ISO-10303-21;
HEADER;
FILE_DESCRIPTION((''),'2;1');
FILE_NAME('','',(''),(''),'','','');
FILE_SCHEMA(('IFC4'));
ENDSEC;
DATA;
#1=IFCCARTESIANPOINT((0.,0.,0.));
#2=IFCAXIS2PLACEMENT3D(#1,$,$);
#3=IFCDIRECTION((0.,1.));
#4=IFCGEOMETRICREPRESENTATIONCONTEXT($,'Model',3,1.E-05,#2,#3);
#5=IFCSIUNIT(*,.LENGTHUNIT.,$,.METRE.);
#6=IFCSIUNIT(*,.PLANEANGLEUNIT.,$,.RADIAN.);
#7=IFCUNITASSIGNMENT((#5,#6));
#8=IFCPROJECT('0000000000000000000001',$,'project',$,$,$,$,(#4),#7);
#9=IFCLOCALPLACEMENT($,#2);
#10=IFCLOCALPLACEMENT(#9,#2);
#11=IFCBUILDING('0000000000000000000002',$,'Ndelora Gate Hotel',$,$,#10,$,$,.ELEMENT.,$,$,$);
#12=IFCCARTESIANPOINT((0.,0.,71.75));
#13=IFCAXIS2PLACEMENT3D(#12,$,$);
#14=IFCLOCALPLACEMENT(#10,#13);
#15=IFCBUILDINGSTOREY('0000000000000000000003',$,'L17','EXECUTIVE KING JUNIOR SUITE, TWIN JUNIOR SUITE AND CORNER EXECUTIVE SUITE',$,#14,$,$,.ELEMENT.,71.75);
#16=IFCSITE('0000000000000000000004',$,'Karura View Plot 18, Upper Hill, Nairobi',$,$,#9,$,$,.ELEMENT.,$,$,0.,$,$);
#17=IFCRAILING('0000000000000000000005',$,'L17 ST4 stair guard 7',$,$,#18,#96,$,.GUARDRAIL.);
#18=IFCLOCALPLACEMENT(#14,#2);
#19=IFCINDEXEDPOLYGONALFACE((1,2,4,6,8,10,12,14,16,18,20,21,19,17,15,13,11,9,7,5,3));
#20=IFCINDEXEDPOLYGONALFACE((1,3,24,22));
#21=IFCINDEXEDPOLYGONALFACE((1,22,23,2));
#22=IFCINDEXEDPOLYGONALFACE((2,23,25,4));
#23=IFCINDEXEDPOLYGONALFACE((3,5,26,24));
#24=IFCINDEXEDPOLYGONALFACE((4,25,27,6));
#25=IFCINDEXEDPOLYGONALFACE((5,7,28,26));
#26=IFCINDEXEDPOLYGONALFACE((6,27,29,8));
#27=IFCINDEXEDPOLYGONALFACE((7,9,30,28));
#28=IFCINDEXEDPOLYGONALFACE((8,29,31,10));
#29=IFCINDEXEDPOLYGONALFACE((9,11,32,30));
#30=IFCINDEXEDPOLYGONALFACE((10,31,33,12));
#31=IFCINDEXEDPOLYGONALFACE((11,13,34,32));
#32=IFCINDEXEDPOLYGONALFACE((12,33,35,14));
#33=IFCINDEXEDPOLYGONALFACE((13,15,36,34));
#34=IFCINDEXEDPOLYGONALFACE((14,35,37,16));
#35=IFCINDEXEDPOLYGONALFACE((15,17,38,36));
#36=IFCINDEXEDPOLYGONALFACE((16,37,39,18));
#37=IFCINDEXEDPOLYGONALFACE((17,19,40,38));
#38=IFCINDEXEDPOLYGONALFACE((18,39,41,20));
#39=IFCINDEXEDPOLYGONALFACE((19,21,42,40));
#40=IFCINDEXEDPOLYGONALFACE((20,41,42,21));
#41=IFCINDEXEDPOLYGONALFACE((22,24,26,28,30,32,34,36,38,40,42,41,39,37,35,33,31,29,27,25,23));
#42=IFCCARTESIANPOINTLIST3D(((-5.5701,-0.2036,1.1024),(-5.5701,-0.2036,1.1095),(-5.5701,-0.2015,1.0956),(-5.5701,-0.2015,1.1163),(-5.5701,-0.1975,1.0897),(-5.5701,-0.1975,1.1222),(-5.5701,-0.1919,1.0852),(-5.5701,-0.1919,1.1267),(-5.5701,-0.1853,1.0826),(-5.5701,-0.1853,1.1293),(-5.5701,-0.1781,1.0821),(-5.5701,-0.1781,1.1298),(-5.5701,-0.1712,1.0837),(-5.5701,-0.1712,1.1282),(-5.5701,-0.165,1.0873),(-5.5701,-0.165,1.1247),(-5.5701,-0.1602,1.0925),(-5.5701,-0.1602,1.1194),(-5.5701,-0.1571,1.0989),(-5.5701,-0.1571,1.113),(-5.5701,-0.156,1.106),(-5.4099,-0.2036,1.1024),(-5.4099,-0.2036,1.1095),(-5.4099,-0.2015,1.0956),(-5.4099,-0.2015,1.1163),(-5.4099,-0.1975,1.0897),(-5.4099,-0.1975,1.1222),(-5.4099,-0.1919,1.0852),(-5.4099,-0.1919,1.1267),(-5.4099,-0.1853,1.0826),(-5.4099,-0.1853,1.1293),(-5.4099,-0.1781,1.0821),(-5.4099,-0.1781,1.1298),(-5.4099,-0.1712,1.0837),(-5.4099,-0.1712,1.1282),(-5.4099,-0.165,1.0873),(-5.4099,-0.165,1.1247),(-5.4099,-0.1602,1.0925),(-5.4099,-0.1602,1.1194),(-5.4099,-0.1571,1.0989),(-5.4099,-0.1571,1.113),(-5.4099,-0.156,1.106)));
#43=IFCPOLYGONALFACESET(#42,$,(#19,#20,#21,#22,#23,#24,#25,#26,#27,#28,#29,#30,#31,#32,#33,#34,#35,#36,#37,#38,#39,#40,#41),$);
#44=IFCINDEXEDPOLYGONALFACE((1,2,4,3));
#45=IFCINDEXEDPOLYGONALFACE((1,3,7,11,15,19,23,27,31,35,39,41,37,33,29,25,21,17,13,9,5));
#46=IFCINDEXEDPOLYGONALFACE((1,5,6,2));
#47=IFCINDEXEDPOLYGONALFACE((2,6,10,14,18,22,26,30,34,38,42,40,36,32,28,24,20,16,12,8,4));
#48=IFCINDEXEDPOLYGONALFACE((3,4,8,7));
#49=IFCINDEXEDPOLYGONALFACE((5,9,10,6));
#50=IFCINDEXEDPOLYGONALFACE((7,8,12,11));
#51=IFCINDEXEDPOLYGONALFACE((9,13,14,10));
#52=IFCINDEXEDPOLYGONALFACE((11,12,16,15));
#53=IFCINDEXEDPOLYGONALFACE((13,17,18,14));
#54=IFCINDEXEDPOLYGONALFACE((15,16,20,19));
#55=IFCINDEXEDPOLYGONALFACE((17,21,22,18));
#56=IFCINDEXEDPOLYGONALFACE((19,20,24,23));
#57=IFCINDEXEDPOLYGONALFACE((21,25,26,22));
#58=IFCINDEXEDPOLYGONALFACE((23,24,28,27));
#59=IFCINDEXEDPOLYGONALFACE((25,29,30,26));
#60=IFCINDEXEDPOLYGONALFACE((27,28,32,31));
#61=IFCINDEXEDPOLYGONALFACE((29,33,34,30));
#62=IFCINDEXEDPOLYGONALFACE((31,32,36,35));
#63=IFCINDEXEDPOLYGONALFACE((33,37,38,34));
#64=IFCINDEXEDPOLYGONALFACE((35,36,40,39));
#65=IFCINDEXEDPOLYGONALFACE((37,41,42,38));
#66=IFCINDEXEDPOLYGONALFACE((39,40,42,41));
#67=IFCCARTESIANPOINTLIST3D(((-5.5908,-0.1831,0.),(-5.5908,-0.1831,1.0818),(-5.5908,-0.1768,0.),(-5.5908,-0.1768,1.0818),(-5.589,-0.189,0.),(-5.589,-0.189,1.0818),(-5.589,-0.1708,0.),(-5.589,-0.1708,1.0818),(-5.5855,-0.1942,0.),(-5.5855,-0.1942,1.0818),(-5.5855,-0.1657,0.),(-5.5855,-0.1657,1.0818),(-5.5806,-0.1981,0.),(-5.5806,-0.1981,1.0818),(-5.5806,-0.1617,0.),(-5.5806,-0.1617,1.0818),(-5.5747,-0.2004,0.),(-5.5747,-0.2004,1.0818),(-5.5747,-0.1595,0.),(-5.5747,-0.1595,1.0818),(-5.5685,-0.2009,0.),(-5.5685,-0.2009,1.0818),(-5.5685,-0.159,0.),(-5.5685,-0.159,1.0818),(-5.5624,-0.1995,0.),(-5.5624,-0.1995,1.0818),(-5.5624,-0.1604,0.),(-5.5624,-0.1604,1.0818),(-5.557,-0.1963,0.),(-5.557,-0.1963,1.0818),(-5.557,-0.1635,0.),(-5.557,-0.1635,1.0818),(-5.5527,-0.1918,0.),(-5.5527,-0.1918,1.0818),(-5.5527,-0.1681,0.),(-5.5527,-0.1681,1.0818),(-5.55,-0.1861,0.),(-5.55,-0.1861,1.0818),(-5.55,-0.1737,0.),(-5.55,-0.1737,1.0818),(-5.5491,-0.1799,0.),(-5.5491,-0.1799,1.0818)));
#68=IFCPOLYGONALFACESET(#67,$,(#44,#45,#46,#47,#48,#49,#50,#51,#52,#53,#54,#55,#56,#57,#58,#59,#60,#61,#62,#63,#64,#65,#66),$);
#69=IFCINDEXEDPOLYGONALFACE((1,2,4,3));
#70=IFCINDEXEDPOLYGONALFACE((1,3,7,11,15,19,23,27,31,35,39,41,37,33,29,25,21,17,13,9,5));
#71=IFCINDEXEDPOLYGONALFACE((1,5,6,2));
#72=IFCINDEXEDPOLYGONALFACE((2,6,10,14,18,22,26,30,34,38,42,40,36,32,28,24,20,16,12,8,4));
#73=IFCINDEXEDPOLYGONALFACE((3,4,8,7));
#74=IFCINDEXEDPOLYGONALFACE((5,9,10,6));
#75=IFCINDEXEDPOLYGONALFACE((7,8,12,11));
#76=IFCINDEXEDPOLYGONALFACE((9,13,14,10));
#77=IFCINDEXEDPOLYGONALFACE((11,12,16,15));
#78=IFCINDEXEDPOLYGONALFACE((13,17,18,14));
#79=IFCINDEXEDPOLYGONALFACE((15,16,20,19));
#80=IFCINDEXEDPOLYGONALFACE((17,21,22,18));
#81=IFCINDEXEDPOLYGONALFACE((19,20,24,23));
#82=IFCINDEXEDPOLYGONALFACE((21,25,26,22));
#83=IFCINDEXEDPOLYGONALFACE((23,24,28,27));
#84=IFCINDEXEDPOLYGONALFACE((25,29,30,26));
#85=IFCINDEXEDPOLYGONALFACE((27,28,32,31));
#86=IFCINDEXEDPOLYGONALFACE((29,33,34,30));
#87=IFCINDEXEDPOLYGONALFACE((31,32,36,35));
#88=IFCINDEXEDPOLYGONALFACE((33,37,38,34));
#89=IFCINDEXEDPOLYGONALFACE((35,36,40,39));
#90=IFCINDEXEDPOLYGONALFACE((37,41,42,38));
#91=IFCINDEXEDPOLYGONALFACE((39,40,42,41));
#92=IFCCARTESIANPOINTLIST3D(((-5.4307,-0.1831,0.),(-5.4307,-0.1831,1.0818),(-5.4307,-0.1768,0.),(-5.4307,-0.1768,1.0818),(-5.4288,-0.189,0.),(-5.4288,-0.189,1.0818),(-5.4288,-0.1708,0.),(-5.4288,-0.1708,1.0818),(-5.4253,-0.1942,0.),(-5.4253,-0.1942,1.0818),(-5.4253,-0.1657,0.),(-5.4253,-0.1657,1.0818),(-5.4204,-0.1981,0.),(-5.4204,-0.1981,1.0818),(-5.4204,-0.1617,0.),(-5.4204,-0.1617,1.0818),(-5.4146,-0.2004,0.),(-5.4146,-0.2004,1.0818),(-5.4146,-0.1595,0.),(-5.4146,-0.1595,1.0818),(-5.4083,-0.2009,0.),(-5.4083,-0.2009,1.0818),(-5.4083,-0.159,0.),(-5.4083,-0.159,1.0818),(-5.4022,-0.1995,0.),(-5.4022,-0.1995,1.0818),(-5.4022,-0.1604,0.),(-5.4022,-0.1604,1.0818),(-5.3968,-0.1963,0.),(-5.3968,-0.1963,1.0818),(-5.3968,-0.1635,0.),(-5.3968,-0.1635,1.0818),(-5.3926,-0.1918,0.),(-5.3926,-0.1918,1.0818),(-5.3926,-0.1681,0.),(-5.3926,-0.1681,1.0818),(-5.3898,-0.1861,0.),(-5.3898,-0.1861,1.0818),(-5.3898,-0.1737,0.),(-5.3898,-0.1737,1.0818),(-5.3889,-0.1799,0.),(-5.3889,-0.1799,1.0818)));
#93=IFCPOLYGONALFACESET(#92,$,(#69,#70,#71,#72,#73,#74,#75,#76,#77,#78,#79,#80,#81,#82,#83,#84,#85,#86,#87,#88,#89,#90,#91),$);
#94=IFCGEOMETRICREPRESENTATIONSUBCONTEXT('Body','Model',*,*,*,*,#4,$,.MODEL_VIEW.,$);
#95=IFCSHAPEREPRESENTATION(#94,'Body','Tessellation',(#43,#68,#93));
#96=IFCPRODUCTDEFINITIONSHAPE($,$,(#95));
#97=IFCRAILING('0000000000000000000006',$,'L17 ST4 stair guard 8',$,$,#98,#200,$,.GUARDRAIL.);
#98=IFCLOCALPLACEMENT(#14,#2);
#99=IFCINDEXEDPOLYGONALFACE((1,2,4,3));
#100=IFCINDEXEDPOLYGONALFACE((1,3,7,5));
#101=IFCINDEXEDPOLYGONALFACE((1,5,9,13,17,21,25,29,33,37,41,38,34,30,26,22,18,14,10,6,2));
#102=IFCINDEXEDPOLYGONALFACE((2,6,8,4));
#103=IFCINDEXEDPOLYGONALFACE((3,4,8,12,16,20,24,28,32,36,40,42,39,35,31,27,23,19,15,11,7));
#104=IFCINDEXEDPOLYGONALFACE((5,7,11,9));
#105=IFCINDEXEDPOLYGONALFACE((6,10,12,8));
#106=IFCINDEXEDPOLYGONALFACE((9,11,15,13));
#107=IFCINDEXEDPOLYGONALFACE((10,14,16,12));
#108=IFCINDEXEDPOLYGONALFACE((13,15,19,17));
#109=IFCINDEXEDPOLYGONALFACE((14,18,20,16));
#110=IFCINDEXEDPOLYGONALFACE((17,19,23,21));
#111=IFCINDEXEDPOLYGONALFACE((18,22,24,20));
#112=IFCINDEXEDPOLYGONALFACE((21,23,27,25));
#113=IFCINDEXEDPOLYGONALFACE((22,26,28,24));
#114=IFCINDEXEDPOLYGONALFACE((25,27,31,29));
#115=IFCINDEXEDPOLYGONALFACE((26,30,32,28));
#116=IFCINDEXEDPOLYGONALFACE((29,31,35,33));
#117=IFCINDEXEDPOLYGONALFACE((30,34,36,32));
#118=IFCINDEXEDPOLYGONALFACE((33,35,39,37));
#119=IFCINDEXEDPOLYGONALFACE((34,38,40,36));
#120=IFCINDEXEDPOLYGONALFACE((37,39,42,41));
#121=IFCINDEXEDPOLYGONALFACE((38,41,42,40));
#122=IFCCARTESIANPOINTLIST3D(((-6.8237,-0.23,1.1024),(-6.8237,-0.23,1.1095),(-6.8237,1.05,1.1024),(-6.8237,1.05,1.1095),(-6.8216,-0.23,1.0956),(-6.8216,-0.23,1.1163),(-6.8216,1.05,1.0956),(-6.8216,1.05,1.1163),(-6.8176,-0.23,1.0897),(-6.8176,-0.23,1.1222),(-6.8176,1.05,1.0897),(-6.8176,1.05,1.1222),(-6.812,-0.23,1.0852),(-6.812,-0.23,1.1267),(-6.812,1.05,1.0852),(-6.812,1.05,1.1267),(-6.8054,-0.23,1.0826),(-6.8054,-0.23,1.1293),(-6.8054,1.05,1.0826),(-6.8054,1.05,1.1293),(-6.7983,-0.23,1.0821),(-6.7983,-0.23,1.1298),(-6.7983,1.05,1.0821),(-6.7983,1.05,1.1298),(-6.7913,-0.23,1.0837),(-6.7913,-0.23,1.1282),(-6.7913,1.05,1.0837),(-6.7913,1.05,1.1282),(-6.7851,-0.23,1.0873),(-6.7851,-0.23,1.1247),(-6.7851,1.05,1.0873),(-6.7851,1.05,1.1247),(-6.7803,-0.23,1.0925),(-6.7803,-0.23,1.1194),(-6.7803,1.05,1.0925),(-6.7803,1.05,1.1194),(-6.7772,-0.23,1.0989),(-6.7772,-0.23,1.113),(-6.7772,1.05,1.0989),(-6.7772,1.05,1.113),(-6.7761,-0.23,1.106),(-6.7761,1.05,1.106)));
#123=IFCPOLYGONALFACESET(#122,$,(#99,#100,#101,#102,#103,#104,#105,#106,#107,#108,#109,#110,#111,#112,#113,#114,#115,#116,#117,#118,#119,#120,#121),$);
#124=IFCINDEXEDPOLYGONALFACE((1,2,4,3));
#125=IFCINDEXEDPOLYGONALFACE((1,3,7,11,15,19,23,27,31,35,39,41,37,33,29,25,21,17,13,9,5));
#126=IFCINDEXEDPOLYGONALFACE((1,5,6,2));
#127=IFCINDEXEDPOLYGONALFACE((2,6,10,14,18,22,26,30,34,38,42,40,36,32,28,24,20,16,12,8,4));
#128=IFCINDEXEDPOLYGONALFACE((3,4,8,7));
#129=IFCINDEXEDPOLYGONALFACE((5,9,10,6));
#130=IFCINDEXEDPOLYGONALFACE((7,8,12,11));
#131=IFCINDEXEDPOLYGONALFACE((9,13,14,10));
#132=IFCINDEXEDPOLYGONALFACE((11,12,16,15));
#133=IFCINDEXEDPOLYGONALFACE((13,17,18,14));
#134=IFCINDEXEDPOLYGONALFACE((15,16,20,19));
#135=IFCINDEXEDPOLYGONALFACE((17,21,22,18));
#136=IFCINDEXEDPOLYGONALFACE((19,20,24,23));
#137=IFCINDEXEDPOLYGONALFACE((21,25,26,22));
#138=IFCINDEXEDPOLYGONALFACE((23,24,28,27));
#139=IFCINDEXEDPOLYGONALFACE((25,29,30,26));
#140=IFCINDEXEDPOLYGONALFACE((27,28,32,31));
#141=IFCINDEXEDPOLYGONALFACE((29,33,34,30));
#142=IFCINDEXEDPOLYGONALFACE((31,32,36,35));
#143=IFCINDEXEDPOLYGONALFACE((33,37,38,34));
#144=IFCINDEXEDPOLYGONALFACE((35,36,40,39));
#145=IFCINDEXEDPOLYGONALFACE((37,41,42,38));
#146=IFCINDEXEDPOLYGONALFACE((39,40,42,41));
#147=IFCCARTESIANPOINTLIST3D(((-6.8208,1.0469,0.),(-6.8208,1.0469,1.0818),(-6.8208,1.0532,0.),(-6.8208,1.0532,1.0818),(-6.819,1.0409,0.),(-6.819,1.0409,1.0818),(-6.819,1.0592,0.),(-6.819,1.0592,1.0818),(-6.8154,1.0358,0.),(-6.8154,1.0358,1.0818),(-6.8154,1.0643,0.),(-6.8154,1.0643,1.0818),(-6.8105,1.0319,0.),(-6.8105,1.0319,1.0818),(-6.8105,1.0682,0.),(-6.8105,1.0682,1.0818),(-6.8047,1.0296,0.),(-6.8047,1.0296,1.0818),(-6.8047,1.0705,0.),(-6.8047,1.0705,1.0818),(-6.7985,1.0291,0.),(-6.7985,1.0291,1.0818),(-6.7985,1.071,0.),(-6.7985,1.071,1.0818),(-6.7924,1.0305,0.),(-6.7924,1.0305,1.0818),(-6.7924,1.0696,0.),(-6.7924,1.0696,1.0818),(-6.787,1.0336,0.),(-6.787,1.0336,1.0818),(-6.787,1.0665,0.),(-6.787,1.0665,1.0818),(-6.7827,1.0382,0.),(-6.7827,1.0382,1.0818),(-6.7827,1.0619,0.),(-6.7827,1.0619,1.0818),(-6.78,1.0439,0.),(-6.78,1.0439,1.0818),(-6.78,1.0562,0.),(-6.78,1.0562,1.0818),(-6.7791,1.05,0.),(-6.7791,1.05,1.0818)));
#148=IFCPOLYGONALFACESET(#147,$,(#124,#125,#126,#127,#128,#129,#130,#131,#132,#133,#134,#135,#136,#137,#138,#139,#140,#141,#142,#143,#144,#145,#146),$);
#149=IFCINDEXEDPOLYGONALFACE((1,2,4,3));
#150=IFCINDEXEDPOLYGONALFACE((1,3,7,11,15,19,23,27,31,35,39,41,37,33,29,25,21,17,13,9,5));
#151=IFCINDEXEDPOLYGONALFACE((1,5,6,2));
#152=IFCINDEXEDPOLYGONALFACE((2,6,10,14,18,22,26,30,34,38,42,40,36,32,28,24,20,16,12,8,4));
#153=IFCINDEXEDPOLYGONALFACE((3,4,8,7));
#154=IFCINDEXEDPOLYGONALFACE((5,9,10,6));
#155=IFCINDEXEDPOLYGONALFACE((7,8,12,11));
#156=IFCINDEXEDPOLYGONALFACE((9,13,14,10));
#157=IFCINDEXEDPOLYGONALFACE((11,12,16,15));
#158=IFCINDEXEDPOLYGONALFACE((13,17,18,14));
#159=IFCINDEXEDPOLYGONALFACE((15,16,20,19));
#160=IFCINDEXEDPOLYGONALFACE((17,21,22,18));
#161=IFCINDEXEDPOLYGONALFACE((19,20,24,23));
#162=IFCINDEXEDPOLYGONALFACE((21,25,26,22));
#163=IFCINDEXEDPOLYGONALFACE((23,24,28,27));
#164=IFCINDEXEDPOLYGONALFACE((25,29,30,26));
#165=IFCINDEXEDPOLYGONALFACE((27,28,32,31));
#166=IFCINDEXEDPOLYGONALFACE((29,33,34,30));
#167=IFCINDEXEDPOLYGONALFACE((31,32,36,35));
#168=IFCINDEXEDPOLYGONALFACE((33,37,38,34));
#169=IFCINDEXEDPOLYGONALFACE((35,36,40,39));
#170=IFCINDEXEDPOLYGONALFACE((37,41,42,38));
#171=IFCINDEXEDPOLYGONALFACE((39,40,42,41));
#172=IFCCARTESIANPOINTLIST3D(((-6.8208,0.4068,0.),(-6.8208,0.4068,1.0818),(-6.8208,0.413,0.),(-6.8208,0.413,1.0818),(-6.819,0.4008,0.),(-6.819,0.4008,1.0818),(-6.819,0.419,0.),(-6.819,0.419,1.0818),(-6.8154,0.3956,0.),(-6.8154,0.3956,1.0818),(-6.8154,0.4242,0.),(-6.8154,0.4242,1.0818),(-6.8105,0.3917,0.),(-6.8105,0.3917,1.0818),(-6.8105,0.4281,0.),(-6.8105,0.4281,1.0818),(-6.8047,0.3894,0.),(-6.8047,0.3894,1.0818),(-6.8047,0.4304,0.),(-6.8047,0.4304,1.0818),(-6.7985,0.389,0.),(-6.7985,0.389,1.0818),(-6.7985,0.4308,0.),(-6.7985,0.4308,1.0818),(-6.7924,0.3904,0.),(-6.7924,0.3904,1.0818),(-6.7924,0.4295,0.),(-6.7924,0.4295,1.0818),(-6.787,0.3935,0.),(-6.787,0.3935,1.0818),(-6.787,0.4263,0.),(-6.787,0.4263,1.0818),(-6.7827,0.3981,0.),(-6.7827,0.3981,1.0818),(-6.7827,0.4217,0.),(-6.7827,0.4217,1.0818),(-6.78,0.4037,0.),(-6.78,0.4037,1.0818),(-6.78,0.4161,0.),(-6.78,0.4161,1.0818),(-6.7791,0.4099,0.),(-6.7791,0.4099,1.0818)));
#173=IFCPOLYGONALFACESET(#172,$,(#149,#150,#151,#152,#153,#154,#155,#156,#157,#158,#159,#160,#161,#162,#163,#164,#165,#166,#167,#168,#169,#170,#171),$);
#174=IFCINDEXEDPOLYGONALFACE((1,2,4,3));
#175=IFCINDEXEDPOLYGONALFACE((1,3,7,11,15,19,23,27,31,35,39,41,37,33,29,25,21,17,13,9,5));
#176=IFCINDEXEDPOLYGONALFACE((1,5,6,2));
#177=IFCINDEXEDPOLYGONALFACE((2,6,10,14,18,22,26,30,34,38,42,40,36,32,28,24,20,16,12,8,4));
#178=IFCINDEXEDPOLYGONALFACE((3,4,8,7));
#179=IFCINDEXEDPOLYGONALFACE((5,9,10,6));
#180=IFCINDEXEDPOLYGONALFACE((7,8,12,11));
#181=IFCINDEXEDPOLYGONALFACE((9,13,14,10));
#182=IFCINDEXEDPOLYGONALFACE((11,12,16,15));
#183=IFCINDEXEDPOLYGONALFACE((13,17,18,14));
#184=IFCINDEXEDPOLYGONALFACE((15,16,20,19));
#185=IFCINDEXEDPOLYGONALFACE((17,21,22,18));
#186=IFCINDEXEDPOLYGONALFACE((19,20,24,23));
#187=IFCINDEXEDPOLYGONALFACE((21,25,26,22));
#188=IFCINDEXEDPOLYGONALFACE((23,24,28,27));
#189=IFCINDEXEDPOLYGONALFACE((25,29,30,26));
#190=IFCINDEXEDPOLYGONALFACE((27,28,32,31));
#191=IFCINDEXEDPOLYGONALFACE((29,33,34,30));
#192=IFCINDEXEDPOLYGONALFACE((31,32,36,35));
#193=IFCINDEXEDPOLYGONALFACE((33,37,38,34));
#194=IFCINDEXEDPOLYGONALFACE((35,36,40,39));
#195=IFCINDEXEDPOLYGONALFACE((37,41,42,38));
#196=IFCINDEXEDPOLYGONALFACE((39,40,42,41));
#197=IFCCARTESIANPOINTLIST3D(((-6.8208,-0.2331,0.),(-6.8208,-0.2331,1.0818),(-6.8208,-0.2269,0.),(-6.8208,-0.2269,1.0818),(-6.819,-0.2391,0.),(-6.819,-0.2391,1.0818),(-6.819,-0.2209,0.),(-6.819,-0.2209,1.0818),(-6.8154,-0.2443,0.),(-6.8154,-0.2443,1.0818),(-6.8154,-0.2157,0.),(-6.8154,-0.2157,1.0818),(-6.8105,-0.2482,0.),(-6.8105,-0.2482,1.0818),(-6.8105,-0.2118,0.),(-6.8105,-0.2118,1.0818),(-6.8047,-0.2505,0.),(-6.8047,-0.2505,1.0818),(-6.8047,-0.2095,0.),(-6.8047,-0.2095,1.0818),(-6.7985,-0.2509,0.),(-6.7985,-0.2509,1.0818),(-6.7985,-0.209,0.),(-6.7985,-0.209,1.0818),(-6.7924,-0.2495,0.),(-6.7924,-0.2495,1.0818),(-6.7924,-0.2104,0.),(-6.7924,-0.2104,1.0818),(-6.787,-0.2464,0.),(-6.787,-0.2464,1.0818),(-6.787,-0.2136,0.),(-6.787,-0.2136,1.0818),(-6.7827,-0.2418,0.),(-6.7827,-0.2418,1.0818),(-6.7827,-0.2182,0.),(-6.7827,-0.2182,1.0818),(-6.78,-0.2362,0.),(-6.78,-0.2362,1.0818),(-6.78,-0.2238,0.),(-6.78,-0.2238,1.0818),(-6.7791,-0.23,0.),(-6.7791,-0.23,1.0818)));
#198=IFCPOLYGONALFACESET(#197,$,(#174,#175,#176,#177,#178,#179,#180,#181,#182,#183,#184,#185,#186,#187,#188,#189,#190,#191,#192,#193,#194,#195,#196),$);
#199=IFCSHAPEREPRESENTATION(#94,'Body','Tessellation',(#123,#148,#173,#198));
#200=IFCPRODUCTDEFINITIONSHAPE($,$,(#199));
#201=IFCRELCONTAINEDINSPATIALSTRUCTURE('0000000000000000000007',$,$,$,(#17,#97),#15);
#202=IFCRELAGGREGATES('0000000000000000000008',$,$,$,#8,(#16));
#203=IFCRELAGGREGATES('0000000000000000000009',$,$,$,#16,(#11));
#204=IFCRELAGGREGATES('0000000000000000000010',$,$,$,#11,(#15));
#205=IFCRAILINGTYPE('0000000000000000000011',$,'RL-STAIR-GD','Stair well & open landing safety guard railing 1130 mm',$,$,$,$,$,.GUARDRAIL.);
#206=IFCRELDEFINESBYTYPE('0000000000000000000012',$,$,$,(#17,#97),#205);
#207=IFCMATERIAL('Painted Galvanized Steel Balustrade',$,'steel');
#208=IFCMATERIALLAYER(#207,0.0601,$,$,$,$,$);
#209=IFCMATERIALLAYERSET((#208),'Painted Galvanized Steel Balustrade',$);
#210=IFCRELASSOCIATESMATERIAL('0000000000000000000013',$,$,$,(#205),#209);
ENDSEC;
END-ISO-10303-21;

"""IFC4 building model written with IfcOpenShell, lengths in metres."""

from ifc_helpers import new_model, si_unit, direction, frame, origin, origin_2d, place, context, subcontext, project, spatial, circle, extrude, material, layer, layer_set, type_object, element, save


model = new_model("IFC4")

# Units and contexts
model_context = context("Model", 3, precision=1e-05, world=origin(), true_north=direction((0.0, 1.0)))
body_context = subcontext(model_context, "Body", "Model", "MODEL_VIEW")
ifc_project = project(units=[si_unit("LENGTHUNIT", "METRE"), si_unit("PLANEANGLEUNIT", "RADIAN")], contexts=[model_context])

# Site, building, storey
site_placement = place(None, origin())
site = spatial("IfcSite", under=ifc_project, at=site_placement, Name="Karura View Plot 18, Upper Hill, Nairobi", CompositionType="ELEMENT", RefElevation=0.0)
building_placement = place(site_placement, origin())
building = spatial("IfcBuilding", under=site, at=building_placement, Name="Ndelora Gate Hotel", CompositionType="ELEMENT")
storey_placement = place(building_placement, frame((0.0, 0.0, 71.75)))
storey = spatial("IfcBuildingStorey", under=building, at=storey_placement, Name="L17", Description="EXECUTIVE KING JUNIOR SUITE, TWIN JUNIOR SUITE AND CORNER EXECUTIVE SUITE", CompositionType="ELEMENT", Elevation=71.75)

# Railings
ifc_material_1 = material(Name="Painted Galvanized Steel Balustrade", Category="steel")
ifc_layer_1 = layer(ifc_material_1, 0.0601)
ifc_layer_set_1 = layer_set([ifc_layer_1], Name="Painted Galvanized Steel Balustrade")
railing_type_1 = type_object("IfcRailingType", Name="RL-STAIR-GD", Description="Stair well & open landing safety guard railing 1130 mm", PredefinedType="GUARDRAIL", material=ifc_layer_set_1)
railing_1_placement = place(storey_placement, frame((-5.5701, -0.1799, 0.0)))
element("IfcRailing", 1, at=railing_1_placement, inside=storey, type_object=railing_type_1, Name="L17 ST4 stair guard 7", PredefinedType="GUARDRAIL", context=body_context, shape_type="SweptSolid", body=[
    extrude(circle(Radius=0.0239, at=origin_2d()), frame((0.0, 0.0, 1.106), z_axis=(1.0, 0.0, 0.0), x_axis=(0.0, 1.0, 0.0)), (0.0, 0.0, 1.0), 0.1602),
    extrude(circle(Radius=0.021, at=origin_2d()), origin(), (0.0, 0.0, 1.0), 1.0818),
    extrude(circle(Radius=0.021, at=origin_2d()), frame((0.1602, 0.0, 0.0)), (0.0, 0.0, 1.0), 1.0818),
])
for number, where, name in (
    (2, (-6.8, 1.05, 0.0), "L17 ST4 stair guard 8"),
):
    element("IfcRailing", number, at=place(storey_placement, frame(where)), inside=storey, type_object=railing_type_1, Name=name, PredefinedType="GUARDRAIL", context=body_context, shape_type="SweptSolid", body=[
        extrude(circle(Radius=0.0239, at=origin_2d()), frame((0.0, 0.0, 1.106), z_axis=(0.0, -1.0, 0.0), x_axis=(1.0, 0.0, 0.0)), (0.0, 0.0, 1.0), 1.28),
        extrude(circle(Radius=0.021, at=origin_2d()), origin(), (0.0, 0.0, 1.0), 1.0818),
        extrude(circle(Radius=0.021, at=origin_2d()), frame((0.0, -0.6401, 0.0)), (0.0, 0.0, 1.0), 1.0818),
        extrude(circle(Radius=0.021, at=origin_2d()), frame((0.0, -1.28, 0.0)), (0.0, 0.0, 1.0), 1.0818),
    ])

save(model, "model.ifc")
